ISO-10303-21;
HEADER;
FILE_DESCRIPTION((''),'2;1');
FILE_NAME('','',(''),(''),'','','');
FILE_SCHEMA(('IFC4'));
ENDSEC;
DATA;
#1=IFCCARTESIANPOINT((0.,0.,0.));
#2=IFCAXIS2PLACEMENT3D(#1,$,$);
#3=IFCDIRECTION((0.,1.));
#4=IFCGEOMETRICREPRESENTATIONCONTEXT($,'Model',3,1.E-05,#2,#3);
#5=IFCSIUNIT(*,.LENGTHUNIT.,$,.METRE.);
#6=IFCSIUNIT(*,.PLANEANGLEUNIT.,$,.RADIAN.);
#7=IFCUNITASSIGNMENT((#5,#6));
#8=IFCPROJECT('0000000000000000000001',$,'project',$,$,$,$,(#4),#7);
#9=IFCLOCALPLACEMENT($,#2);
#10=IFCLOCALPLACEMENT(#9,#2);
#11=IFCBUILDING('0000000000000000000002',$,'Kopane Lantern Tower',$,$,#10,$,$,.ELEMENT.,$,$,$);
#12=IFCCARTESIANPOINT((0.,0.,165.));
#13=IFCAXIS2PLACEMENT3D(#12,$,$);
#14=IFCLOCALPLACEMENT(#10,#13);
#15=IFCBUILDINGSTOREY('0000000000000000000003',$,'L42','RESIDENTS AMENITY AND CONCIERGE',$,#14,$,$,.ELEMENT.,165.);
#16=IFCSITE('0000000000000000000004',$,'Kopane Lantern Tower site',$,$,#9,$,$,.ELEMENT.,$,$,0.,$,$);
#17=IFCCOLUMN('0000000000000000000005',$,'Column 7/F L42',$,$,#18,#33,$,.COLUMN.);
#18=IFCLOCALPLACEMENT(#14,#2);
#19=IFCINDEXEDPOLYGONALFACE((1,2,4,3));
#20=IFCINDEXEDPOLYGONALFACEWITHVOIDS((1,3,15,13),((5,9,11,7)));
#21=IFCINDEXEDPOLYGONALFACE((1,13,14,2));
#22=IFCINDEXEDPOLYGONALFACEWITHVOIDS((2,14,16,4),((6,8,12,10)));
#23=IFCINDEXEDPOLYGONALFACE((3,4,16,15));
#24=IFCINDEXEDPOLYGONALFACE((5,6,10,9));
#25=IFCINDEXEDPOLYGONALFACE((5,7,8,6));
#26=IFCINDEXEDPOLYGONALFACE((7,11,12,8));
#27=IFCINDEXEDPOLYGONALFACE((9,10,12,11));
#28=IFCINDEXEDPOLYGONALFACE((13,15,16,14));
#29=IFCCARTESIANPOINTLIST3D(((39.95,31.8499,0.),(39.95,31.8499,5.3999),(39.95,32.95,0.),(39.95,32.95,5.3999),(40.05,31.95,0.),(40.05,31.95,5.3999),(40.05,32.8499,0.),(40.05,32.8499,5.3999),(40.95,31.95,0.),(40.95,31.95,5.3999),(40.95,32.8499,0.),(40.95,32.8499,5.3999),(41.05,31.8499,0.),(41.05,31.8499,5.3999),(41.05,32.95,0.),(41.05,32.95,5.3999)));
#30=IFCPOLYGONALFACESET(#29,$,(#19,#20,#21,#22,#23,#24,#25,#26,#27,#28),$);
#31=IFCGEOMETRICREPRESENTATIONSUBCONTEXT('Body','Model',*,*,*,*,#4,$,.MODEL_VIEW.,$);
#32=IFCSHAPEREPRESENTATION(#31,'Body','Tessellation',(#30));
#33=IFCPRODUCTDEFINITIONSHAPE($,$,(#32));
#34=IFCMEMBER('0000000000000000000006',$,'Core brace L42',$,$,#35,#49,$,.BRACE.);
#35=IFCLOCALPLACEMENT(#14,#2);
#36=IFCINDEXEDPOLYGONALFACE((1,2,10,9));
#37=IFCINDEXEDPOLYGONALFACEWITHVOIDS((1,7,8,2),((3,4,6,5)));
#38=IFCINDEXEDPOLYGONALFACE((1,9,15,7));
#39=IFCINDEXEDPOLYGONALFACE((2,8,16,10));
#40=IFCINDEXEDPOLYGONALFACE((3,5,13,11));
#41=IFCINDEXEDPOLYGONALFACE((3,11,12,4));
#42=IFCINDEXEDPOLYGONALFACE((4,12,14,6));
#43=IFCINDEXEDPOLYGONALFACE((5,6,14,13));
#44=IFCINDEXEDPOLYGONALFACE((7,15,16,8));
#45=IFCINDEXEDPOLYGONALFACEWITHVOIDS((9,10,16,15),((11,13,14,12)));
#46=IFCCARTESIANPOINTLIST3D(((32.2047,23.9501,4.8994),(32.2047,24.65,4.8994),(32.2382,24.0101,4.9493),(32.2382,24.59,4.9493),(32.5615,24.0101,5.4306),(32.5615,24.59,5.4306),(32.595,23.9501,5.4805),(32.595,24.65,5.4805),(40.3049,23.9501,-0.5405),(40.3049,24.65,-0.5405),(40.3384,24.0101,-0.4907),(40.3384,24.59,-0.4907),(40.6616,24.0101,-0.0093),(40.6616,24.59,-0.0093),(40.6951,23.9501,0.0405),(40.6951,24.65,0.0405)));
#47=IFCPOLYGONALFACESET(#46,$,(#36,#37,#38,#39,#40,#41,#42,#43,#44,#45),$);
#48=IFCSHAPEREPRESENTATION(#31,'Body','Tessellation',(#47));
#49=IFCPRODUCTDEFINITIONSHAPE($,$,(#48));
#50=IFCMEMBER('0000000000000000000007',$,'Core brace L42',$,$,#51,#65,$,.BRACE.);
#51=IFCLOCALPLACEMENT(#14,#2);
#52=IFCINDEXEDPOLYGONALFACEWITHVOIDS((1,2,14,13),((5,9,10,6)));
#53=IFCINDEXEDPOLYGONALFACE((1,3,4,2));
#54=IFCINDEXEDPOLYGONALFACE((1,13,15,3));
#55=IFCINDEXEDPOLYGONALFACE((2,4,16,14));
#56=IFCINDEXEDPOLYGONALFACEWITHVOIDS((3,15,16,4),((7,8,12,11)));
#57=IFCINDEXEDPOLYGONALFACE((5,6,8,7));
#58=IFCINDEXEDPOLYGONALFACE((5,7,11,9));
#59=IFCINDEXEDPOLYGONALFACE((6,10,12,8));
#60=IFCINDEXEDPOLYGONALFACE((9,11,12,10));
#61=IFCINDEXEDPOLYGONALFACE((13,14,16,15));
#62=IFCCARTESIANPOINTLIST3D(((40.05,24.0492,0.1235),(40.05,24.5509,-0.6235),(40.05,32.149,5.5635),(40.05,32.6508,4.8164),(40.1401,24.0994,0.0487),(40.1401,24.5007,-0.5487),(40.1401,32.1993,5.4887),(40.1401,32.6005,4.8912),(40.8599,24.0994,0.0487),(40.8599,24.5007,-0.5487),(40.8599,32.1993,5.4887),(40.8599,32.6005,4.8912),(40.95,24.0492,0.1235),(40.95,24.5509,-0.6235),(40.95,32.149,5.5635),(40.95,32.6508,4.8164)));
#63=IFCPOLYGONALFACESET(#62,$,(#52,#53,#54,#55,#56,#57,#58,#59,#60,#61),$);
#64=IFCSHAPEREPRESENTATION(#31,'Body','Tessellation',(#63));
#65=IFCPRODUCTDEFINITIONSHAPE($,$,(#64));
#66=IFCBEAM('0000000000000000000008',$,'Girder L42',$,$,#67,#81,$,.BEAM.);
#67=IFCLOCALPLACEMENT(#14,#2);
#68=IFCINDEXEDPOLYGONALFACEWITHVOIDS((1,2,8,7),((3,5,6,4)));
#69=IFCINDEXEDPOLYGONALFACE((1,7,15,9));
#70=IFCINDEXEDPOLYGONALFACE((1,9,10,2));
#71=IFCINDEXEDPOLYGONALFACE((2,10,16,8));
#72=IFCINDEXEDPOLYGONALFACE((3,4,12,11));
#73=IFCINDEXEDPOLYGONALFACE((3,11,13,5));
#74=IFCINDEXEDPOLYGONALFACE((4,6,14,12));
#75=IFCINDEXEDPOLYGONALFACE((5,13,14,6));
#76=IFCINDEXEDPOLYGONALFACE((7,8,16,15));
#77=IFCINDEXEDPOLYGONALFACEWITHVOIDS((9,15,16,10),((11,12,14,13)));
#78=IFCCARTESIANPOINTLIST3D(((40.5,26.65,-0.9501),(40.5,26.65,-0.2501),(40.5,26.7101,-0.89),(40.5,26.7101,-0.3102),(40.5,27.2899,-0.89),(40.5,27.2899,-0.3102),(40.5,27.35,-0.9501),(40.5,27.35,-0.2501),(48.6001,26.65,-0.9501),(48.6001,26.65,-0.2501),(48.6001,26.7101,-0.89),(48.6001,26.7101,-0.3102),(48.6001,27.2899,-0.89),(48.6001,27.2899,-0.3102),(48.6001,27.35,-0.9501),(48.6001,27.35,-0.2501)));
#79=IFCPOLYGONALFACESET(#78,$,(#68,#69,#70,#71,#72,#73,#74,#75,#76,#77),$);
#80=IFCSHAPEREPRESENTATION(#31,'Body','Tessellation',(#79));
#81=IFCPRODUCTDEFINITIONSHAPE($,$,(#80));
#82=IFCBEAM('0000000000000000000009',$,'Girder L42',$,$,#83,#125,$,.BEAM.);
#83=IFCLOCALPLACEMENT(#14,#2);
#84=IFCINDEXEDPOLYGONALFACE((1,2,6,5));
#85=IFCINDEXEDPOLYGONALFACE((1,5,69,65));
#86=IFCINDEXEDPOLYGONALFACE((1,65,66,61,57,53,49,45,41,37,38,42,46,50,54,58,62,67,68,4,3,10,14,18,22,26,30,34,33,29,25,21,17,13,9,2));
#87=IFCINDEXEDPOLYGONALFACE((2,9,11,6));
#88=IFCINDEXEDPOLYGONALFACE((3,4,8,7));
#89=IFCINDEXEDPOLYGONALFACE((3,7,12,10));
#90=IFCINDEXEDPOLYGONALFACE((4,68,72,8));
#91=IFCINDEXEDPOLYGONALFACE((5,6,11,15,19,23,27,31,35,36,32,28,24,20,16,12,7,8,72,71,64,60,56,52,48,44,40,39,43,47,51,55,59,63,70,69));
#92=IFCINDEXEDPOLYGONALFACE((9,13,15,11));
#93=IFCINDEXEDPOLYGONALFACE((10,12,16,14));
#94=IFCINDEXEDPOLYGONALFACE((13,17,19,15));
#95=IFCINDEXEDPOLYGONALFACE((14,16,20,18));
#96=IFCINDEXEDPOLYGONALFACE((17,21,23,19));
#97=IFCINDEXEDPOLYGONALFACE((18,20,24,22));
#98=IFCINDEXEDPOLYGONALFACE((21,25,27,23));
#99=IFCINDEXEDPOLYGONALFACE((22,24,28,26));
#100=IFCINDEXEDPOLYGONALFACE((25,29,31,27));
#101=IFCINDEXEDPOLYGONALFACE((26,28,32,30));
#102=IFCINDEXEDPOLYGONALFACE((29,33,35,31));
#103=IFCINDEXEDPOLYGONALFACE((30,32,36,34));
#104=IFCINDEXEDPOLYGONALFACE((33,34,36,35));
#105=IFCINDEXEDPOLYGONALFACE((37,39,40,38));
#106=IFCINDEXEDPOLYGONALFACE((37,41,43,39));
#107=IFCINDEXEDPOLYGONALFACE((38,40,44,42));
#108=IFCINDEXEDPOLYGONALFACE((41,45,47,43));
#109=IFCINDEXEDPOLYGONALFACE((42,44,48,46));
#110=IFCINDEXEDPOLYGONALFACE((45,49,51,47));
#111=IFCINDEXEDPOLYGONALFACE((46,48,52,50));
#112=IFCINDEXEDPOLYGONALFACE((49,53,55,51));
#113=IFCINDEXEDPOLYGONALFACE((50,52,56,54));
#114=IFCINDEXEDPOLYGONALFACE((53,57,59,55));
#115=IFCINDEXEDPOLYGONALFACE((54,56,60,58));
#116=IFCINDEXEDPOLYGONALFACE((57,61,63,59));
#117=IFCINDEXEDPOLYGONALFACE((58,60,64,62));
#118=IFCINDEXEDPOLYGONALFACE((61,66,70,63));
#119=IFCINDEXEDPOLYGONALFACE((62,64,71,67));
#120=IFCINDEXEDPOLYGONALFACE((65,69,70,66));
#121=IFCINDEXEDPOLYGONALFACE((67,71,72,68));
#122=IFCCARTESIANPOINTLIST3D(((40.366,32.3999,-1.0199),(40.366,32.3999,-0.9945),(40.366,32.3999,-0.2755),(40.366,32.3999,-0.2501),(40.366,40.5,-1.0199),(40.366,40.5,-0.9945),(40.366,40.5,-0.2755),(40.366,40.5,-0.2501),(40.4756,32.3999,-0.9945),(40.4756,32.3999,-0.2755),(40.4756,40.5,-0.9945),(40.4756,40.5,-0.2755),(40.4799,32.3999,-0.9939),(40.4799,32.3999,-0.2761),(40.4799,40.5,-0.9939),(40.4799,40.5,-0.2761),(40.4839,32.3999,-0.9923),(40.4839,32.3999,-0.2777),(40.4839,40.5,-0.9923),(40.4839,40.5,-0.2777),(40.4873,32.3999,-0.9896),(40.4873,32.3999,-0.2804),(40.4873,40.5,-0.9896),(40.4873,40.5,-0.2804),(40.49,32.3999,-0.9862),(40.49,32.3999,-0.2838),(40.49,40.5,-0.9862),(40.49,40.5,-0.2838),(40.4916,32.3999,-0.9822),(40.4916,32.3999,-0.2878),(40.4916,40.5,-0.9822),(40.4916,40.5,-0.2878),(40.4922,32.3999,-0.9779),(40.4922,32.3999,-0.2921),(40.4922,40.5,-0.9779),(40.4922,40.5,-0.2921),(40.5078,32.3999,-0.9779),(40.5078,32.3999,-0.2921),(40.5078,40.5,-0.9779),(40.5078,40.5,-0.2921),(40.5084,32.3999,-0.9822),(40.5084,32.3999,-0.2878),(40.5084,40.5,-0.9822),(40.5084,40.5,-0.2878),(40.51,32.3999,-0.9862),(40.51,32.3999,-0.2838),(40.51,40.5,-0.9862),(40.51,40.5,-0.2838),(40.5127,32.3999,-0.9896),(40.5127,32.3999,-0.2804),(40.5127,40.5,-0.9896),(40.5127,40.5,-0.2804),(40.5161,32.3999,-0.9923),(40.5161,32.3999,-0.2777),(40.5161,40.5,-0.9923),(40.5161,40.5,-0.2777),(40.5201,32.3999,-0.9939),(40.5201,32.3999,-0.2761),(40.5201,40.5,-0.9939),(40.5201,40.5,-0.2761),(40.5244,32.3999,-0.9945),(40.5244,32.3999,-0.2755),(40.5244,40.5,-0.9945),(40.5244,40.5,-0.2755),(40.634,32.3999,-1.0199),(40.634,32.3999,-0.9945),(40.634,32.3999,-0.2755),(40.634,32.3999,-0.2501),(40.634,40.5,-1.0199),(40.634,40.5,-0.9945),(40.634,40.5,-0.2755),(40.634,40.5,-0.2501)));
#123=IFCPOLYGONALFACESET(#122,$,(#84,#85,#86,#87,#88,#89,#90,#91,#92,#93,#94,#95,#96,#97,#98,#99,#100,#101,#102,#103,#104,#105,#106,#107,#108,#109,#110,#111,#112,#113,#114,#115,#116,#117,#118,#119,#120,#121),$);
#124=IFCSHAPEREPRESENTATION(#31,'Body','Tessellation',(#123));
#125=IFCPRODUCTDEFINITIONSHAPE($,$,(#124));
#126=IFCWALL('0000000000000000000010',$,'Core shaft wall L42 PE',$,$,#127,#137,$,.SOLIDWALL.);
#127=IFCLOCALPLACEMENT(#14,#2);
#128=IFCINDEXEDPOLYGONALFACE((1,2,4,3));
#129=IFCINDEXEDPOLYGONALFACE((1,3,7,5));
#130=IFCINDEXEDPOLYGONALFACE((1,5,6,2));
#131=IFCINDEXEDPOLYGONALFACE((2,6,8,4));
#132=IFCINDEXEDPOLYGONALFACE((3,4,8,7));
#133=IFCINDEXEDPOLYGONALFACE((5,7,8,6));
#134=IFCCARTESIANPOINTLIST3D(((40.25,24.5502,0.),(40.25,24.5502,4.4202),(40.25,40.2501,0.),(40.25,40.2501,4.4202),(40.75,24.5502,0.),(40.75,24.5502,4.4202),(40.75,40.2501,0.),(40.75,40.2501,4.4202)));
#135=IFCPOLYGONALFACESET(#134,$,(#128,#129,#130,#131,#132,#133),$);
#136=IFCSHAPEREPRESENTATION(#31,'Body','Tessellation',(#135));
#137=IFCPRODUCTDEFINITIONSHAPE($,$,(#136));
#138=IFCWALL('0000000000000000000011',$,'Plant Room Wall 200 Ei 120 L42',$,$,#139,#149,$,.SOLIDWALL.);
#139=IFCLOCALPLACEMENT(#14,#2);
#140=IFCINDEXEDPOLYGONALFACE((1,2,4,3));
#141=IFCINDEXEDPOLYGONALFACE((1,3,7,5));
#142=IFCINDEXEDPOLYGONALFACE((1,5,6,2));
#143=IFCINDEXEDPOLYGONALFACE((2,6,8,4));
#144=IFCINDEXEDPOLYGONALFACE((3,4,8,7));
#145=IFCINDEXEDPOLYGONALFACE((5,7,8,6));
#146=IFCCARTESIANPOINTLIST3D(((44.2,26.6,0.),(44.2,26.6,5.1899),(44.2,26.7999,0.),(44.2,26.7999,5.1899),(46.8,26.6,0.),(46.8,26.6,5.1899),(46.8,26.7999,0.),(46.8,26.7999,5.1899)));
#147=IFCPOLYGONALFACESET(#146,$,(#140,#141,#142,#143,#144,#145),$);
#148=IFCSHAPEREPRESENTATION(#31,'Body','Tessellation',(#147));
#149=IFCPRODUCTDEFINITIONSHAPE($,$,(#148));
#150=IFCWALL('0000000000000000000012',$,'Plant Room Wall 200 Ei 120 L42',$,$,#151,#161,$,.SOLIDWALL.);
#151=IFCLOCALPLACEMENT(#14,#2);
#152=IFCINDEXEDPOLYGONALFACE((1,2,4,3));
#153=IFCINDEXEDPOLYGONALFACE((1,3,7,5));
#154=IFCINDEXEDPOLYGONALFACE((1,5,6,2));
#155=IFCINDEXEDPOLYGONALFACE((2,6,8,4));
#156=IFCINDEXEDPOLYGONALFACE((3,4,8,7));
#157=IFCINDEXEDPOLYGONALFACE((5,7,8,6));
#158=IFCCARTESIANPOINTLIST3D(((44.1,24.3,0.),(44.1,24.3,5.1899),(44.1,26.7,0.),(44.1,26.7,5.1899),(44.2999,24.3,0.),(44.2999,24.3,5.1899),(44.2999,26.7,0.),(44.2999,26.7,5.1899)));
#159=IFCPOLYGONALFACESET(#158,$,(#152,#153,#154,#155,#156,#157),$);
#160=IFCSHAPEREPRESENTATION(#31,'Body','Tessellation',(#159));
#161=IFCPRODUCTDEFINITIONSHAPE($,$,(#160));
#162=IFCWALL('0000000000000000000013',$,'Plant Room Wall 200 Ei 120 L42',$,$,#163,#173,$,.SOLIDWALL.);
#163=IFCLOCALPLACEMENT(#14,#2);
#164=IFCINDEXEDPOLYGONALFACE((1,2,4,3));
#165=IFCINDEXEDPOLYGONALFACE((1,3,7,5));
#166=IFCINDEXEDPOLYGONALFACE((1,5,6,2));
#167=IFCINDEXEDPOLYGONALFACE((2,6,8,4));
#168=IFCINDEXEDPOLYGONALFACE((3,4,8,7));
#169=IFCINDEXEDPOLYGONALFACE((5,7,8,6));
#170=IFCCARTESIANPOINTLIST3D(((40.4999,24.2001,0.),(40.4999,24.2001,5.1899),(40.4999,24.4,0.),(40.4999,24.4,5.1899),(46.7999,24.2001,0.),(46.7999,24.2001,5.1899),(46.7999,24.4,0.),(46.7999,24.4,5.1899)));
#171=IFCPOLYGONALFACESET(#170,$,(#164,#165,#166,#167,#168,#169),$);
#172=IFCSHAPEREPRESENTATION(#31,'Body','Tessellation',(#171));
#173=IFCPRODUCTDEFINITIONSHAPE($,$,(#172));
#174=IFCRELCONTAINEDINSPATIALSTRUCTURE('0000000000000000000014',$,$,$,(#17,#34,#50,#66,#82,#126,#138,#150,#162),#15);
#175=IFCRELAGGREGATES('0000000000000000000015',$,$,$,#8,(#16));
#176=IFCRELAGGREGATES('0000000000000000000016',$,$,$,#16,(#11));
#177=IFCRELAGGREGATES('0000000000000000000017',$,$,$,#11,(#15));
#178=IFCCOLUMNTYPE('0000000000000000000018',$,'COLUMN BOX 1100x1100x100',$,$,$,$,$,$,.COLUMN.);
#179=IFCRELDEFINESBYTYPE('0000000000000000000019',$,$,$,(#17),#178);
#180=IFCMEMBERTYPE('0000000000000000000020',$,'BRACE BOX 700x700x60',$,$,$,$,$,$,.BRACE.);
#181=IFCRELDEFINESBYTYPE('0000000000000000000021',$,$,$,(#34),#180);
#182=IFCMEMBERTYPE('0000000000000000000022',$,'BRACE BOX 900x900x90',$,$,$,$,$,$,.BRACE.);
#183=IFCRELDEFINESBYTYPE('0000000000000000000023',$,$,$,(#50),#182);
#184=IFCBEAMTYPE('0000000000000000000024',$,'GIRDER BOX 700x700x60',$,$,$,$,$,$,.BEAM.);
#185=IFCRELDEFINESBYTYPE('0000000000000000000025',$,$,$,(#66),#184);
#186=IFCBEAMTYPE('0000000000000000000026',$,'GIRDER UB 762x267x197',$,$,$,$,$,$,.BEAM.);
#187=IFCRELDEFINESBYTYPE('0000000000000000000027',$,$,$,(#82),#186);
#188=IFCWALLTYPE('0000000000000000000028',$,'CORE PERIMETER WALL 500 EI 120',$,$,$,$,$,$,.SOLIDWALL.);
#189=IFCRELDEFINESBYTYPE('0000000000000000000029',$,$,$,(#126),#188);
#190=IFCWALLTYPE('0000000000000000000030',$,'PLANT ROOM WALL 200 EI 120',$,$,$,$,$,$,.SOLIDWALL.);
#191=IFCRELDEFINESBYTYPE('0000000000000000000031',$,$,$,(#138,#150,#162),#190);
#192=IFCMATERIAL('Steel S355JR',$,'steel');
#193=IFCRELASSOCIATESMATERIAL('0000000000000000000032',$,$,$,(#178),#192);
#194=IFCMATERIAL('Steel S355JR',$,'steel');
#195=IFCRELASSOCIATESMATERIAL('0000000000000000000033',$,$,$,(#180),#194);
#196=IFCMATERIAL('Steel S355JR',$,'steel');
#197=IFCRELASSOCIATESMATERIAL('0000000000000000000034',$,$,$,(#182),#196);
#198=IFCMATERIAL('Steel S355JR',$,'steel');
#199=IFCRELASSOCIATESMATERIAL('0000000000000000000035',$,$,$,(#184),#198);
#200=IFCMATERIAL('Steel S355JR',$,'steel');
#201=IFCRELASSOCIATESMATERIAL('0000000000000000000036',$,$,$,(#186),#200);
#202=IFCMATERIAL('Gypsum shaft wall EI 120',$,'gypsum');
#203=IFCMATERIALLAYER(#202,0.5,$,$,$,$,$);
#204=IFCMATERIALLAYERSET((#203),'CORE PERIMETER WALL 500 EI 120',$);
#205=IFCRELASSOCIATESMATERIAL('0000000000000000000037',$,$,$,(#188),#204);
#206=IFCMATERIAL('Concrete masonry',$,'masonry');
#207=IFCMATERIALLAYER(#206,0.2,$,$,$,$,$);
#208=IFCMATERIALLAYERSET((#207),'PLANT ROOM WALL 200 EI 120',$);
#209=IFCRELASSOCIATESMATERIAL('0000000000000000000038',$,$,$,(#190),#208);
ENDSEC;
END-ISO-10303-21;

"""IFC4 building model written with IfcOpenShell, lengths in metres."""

from ifc_helpers import new_model, si_unit, direction, frame, frame_2d, origin, origin_2d, place, context, subcontext, project, spatial, rectangle, hollow_rectangle, i_section, extrude, material, layer, layer_set, material_profile, profile_set, type_object, element, save


model = new_model("IFC4")

# Units and contexts
model_context = context("Model", 3, precision=1e-05, world=origin(), true_north=direction((0.0, 1.0)))
body_context = subcontext(model_context, "Body", "Model", "MODEL_VIEW")
ifc_project = project(units=[si_unit("LENGTHUNIT", "METRE"), si_unit("PLANEANGLEUNIT", "RADIAN")], contexts=[model_context])

# Site, building, storey
site_placement = place(None, origin())
site = spatial("IfcSite", under=ifc_project, at=site_placement, Name="Kopane Lantern Tower site", CompositionType="ELEMENT", RefElevation=0.0)
building_placement = place(site_placement, origin())
building = spatial("IfcBuilding", under=site, at=building_placement, Name="Kopane Lantern Tower", CompositionType="ELEMENT")
storey_placement = place(building_placement, frame((0.0, 0.0, 165.0)))
storey = spatial("IfcBuildingStorey", under=building, at=storey_placement, Name="L42", Description="RESIDENTS AMENITY AND CONCIERGE", CompositionType="ELEMENT", Elevation=165.0)

# Column
ifc_material_1 = material(Name="Steel S355JR", Category="steel")
ifc_material_profile_1 = material_profile(ifc_material_1, hollow_rectangle(XDim=1.1001, YDim=1.1001, WallThickness=0.1001, at=origin_2d()), Name="BOX 1100x1100x100")
ifc_profile_set_1 = profile_set([ifc_material_profile_1], Name="Steel S355JR")
column_type = type_object("IfcColumnType", Name="COLUMN BOX 1100x1100x100", PredefinedType="COLUMN", material=ifc_profile_set_1)
column_placement = place(storey_placement, frame((40.5, 32.3999, 0.0), z_axis=(0.0, 0.0, 1.0), x_axis=(1.0, 0.0, 0.0)))
element("IfcColumn", 1, at=column_placement, inside=storey, type_object=column_type, Name="Column 7/F L42", PredefinedType="COLUMN", context=body_context, shape_type="SweptSolid", body=[
    extrude(hollow_rectangle(XDim=1.1001, YDim=1.1001, WallThickness=0.1001, at=origin_2d()), origin(), (0.0, 0.0, 1.0), 5.3999),
])

# Members
ifc_material_2 = material(Name="Steel S355JR", Category="steel")
ifc_material_profile_2 = material_profile(ifc_material_2, hollow_rectangle(XDim=0.7, YDim=0.7, WallThickness=0.0601, at=origin_2d()), Name="BOX 700x700x60")
ifc_profile_set_2 = profile_set([ifc_material_profile_2], Name="Steel S355JR")
member_type_1 = type_object("IfcMemberType", Name="BRACE BOX 700x700x60", PredefinedType="BRACE", material=ifc_profile_set_2)
member_1_placement = place(storey_placement, frame((40.5, 24.3, -0.25), z_axis=(-0.830159, 0.0, 0.557526), x_axis=(0.0, -1.0, 0.0)))
element("IfcMember", 2, at=member_1_placement, inside=storey, type_object=member_type_1, Name="Core brace L42", PredefinedType="BRACE", context=body_context, shape_type="SweptSolid", body=[
    extrude(hollow_rectangle(XDim=0.7, YDim=0.7, WallThickness=0.0601, at=origin_2d()), origin(), (0.0, 0.0, 1.0), 9.7573),
])
ifc_material_3 = material(Name="Steel S355JR", Category="steel")
ifc_material_profile_3 = material_profile(ifc_material_3, hollow_rectangle(XDim=0.8999, YDim=0.8999, WallThickness=0.0901, at=origin_2d()), Name="BOX 900x900x90")
ifc_profile_set_3 = profile_set([ifc_material_profile_3], Name="Steel S355JR")
member_type_2 = type_object("IfcMemberType", Name="BRACE BOX 900x900x90", PredefinedType="BRACE", material=ifc_profile_set_3)
member_2_placement = place(storey_placement, frame((40.5, 24.3, -0.25), z_axis=(0.0, 0.830151, 0.557538), x_axis=(-1.0, 0.0, 0.0)))
element("IfcMember", 3, at=member_2_placement, inside=storey, type_object=member_type_2, Name="Core brace L42", PredefinedType="BRACE", context=body_context, shape_type="SweptSolid", body=[
    extrude(hollow_rectangle(XDim=0.8999, YDim=0.8999, WallThickness=0.0901, at=origin_2d()), origin(), (0.0, 0.0, 1.0), 9.7571),
])

# Beams
ifc_material_4 = material(Name="Steel S355JR", Category="steel")
ifc_material_profile_4 = material_profile(ifc_material_4, hollow_rectangle(XDim=0.7, YDim=0.7, WallThickness=0.0601, at=origin_2d()), Name="BOX 700x700x60")
ifc_profile_set_4 = profile_set([ifc_material_profile_4], Name="Steel S355JR")
beam_type_1 = type_object("IfcBeamType", Name="GIRDER BOX 700x700x60", PredefinedType="BEAM", material=ifc_profile_set_4)
beam_1_placement = place(storey_placement, frame((40.5, 27.0, -0.6001), z_axis=(1.0, 0.0, 0.0), x_axis=(0.0, 1.0, 0.0)))
element("IfcBeam", 4, at=beam_1_placement, inside=storey, type_object=beam_type_1, Name="Girder L42", PredefinedType="BEAM", context=body_context, shape_type="SweptSolid", body=[
    extrude(hollow_rectangle(XDim=0.7, YDim=0.7, WallThickness=0.0601, at=origin_2d()), origin(), (0.0, 0.0, 1.0), 8.1001),
])
ifc_material_5 = material(Name="Steel S355JR", Category="steel")
ifc_material_profile_5 = material_profile(ifc_material_5, i_section(OverallWidth=0.2681, OverallDepth=0.7698, WebThickness=0.0156, FlangeThickness=0.0254, FilletRadius=0.0166, at=origin_2d()), Name="UB 762x267x197")
ifc_profile_set_5 = profile_set([ifc_material_profile_5], Name="Steel S355JR")
beam_type_2 = type_object("IfcBeamType", Name="GIRDER UB 762x267x197", PredefinedType="BEAM", material=ifc_profile_set_5)
beam_2_placement = place(storey_placement, frame((40.5, 32.3999, -0.635), z_axis=(0.0, 1.0, 0.0), x_axis=(-1.0, 0.0, 0.0)))
element("IfcBeam", 5, at=beam_2_placement, inside=storey, type_object=beam_type_2, Name="Girder L42", PredefinedType="BEAM", context=body_context, shape_type="SweptSolid", body=[
    extrude(i_section(OverallWidth=0.2681, OverallDepth=0.7698, WebThickness=0.0156, FlangeThickness=0.0254, FilletRadius=0.0166, at=origin_2d()), origin(), (0.0, 0.0, 1.0), 8.1001),
])

# Wall
ifc_material_6 = material(Name="Gypsum shaft wall EI 120", Category="gypsum")
ifc_layer_1 = layer(ifc_material_6, 0.5)
ifc_layer_set_1 = layer_set([ifc_layer_1], Name="CORE PERIMETER WALL 500 EI 120")
wall_type_1 = type_object("IfcWallType", Name="CORE PERIMETER WALL 500 EI 120", PredefinedType="SOLIDWALL", material=ifc_layer_set_1)
wall_1_placement = place(storey_placement, frame((40.5, 24.55, 0.0), z_axis=(0.0, 0.0, 1.0), x_axis=(0.0, 1.0, 0.0)))
element("IfcWall", 6, at=wall_1_placement, inside=storey, type_object=wall_type_1, Name="Core shaft wall L42 PE", PredefinedType="SOLIDWALL", context=body_context, shape_type="SweptSolid", body=[
    extrude(rectangle(XDim=15.7, YDim=0.5, at=frame_2d((7.8501, 0.0))), origin(), (0.0, 0.0, 1.0), 4.4202),
])

# Walls
ifc_material_7 = material(Name="Concrete masonry", Category="masonry")
ifc_layer_2 = layer(ifc_material_7, 0.2)
ifc_layer_set_2 = layer_set([ifc_layer_2], Name="PLANT ROOM WALL 200 EI 120")
wall_type_2 = type_object("IfcWallType", Name="PLANT ROOM WALL 200 EI 120", PredefinedType="SOLIDWALL", material=ifc_layer_set_2)
wall_2_placement = place(storey_placement, frame((46.8, 26.7, 0.0), z_axis=(0.0, 0.0, 1.0), x_axis=(-1.0, 0.0, 0.0)))
element("IfcWall", 7, at=wall_2_placement, inside=storey, type_object=wall_type_2, Name="Plant Room Wall 200 Ei 120 L42", PredefinedType="SOLIDWALL", context=body_context, shape_type="SweptSolid", body=[
    extrude(rectangle(XDim=2.6001, YDim=0.2, at=frame_2d((1.3, 0.0))), origin(), (0.0, 0.0, 1.0), 5.1899),
])
wall_3_placement = place(storey_placement, frame((44.2, 24.3, 0.0), z_axis=(0.0, 0.0, 1.0), x_axis=(0.0, 1.0, 0.0)))
element("IfcWall", 8, at=wall_3_placement, inside=storey, type_object=wall_type_2, Name="Plant Room Wall 200 Ei 120 L42", PredefinedType="SOLIDWALL", context=body_context, shape_type="SweptSolid", body=[
    extrude(rectangle(XDim=2.3999, YDim=0.2, at=frame_2d((1.2, 0.0))), origin(), (0.0, 0.0, 1.0), 5.1899),
])
wall_4_placement = place(storey_placement, frame((40.5, 24.3, 0.0), z_axis=(0.0, 0.0, 1.0), x_axis=(1.0, 0.0, 0.0)))
element("IfcWall", 9, at=wall_4_placement, inside=storey, type_object=wall_type_2, Name="Plant Room Wall 200 Ei 120 L42", PredefinedType="SOLIDWALL", context=body_context, shape_type="SweptSolid", body=[
    extrude(rectangle(XDim=6.3, YDim=0.2, at=frame_2d((3.1499, 0.0))), origin(), (0.0, 0.0, 1.0), 5.1899),
])

save(model, "model.ifc")
